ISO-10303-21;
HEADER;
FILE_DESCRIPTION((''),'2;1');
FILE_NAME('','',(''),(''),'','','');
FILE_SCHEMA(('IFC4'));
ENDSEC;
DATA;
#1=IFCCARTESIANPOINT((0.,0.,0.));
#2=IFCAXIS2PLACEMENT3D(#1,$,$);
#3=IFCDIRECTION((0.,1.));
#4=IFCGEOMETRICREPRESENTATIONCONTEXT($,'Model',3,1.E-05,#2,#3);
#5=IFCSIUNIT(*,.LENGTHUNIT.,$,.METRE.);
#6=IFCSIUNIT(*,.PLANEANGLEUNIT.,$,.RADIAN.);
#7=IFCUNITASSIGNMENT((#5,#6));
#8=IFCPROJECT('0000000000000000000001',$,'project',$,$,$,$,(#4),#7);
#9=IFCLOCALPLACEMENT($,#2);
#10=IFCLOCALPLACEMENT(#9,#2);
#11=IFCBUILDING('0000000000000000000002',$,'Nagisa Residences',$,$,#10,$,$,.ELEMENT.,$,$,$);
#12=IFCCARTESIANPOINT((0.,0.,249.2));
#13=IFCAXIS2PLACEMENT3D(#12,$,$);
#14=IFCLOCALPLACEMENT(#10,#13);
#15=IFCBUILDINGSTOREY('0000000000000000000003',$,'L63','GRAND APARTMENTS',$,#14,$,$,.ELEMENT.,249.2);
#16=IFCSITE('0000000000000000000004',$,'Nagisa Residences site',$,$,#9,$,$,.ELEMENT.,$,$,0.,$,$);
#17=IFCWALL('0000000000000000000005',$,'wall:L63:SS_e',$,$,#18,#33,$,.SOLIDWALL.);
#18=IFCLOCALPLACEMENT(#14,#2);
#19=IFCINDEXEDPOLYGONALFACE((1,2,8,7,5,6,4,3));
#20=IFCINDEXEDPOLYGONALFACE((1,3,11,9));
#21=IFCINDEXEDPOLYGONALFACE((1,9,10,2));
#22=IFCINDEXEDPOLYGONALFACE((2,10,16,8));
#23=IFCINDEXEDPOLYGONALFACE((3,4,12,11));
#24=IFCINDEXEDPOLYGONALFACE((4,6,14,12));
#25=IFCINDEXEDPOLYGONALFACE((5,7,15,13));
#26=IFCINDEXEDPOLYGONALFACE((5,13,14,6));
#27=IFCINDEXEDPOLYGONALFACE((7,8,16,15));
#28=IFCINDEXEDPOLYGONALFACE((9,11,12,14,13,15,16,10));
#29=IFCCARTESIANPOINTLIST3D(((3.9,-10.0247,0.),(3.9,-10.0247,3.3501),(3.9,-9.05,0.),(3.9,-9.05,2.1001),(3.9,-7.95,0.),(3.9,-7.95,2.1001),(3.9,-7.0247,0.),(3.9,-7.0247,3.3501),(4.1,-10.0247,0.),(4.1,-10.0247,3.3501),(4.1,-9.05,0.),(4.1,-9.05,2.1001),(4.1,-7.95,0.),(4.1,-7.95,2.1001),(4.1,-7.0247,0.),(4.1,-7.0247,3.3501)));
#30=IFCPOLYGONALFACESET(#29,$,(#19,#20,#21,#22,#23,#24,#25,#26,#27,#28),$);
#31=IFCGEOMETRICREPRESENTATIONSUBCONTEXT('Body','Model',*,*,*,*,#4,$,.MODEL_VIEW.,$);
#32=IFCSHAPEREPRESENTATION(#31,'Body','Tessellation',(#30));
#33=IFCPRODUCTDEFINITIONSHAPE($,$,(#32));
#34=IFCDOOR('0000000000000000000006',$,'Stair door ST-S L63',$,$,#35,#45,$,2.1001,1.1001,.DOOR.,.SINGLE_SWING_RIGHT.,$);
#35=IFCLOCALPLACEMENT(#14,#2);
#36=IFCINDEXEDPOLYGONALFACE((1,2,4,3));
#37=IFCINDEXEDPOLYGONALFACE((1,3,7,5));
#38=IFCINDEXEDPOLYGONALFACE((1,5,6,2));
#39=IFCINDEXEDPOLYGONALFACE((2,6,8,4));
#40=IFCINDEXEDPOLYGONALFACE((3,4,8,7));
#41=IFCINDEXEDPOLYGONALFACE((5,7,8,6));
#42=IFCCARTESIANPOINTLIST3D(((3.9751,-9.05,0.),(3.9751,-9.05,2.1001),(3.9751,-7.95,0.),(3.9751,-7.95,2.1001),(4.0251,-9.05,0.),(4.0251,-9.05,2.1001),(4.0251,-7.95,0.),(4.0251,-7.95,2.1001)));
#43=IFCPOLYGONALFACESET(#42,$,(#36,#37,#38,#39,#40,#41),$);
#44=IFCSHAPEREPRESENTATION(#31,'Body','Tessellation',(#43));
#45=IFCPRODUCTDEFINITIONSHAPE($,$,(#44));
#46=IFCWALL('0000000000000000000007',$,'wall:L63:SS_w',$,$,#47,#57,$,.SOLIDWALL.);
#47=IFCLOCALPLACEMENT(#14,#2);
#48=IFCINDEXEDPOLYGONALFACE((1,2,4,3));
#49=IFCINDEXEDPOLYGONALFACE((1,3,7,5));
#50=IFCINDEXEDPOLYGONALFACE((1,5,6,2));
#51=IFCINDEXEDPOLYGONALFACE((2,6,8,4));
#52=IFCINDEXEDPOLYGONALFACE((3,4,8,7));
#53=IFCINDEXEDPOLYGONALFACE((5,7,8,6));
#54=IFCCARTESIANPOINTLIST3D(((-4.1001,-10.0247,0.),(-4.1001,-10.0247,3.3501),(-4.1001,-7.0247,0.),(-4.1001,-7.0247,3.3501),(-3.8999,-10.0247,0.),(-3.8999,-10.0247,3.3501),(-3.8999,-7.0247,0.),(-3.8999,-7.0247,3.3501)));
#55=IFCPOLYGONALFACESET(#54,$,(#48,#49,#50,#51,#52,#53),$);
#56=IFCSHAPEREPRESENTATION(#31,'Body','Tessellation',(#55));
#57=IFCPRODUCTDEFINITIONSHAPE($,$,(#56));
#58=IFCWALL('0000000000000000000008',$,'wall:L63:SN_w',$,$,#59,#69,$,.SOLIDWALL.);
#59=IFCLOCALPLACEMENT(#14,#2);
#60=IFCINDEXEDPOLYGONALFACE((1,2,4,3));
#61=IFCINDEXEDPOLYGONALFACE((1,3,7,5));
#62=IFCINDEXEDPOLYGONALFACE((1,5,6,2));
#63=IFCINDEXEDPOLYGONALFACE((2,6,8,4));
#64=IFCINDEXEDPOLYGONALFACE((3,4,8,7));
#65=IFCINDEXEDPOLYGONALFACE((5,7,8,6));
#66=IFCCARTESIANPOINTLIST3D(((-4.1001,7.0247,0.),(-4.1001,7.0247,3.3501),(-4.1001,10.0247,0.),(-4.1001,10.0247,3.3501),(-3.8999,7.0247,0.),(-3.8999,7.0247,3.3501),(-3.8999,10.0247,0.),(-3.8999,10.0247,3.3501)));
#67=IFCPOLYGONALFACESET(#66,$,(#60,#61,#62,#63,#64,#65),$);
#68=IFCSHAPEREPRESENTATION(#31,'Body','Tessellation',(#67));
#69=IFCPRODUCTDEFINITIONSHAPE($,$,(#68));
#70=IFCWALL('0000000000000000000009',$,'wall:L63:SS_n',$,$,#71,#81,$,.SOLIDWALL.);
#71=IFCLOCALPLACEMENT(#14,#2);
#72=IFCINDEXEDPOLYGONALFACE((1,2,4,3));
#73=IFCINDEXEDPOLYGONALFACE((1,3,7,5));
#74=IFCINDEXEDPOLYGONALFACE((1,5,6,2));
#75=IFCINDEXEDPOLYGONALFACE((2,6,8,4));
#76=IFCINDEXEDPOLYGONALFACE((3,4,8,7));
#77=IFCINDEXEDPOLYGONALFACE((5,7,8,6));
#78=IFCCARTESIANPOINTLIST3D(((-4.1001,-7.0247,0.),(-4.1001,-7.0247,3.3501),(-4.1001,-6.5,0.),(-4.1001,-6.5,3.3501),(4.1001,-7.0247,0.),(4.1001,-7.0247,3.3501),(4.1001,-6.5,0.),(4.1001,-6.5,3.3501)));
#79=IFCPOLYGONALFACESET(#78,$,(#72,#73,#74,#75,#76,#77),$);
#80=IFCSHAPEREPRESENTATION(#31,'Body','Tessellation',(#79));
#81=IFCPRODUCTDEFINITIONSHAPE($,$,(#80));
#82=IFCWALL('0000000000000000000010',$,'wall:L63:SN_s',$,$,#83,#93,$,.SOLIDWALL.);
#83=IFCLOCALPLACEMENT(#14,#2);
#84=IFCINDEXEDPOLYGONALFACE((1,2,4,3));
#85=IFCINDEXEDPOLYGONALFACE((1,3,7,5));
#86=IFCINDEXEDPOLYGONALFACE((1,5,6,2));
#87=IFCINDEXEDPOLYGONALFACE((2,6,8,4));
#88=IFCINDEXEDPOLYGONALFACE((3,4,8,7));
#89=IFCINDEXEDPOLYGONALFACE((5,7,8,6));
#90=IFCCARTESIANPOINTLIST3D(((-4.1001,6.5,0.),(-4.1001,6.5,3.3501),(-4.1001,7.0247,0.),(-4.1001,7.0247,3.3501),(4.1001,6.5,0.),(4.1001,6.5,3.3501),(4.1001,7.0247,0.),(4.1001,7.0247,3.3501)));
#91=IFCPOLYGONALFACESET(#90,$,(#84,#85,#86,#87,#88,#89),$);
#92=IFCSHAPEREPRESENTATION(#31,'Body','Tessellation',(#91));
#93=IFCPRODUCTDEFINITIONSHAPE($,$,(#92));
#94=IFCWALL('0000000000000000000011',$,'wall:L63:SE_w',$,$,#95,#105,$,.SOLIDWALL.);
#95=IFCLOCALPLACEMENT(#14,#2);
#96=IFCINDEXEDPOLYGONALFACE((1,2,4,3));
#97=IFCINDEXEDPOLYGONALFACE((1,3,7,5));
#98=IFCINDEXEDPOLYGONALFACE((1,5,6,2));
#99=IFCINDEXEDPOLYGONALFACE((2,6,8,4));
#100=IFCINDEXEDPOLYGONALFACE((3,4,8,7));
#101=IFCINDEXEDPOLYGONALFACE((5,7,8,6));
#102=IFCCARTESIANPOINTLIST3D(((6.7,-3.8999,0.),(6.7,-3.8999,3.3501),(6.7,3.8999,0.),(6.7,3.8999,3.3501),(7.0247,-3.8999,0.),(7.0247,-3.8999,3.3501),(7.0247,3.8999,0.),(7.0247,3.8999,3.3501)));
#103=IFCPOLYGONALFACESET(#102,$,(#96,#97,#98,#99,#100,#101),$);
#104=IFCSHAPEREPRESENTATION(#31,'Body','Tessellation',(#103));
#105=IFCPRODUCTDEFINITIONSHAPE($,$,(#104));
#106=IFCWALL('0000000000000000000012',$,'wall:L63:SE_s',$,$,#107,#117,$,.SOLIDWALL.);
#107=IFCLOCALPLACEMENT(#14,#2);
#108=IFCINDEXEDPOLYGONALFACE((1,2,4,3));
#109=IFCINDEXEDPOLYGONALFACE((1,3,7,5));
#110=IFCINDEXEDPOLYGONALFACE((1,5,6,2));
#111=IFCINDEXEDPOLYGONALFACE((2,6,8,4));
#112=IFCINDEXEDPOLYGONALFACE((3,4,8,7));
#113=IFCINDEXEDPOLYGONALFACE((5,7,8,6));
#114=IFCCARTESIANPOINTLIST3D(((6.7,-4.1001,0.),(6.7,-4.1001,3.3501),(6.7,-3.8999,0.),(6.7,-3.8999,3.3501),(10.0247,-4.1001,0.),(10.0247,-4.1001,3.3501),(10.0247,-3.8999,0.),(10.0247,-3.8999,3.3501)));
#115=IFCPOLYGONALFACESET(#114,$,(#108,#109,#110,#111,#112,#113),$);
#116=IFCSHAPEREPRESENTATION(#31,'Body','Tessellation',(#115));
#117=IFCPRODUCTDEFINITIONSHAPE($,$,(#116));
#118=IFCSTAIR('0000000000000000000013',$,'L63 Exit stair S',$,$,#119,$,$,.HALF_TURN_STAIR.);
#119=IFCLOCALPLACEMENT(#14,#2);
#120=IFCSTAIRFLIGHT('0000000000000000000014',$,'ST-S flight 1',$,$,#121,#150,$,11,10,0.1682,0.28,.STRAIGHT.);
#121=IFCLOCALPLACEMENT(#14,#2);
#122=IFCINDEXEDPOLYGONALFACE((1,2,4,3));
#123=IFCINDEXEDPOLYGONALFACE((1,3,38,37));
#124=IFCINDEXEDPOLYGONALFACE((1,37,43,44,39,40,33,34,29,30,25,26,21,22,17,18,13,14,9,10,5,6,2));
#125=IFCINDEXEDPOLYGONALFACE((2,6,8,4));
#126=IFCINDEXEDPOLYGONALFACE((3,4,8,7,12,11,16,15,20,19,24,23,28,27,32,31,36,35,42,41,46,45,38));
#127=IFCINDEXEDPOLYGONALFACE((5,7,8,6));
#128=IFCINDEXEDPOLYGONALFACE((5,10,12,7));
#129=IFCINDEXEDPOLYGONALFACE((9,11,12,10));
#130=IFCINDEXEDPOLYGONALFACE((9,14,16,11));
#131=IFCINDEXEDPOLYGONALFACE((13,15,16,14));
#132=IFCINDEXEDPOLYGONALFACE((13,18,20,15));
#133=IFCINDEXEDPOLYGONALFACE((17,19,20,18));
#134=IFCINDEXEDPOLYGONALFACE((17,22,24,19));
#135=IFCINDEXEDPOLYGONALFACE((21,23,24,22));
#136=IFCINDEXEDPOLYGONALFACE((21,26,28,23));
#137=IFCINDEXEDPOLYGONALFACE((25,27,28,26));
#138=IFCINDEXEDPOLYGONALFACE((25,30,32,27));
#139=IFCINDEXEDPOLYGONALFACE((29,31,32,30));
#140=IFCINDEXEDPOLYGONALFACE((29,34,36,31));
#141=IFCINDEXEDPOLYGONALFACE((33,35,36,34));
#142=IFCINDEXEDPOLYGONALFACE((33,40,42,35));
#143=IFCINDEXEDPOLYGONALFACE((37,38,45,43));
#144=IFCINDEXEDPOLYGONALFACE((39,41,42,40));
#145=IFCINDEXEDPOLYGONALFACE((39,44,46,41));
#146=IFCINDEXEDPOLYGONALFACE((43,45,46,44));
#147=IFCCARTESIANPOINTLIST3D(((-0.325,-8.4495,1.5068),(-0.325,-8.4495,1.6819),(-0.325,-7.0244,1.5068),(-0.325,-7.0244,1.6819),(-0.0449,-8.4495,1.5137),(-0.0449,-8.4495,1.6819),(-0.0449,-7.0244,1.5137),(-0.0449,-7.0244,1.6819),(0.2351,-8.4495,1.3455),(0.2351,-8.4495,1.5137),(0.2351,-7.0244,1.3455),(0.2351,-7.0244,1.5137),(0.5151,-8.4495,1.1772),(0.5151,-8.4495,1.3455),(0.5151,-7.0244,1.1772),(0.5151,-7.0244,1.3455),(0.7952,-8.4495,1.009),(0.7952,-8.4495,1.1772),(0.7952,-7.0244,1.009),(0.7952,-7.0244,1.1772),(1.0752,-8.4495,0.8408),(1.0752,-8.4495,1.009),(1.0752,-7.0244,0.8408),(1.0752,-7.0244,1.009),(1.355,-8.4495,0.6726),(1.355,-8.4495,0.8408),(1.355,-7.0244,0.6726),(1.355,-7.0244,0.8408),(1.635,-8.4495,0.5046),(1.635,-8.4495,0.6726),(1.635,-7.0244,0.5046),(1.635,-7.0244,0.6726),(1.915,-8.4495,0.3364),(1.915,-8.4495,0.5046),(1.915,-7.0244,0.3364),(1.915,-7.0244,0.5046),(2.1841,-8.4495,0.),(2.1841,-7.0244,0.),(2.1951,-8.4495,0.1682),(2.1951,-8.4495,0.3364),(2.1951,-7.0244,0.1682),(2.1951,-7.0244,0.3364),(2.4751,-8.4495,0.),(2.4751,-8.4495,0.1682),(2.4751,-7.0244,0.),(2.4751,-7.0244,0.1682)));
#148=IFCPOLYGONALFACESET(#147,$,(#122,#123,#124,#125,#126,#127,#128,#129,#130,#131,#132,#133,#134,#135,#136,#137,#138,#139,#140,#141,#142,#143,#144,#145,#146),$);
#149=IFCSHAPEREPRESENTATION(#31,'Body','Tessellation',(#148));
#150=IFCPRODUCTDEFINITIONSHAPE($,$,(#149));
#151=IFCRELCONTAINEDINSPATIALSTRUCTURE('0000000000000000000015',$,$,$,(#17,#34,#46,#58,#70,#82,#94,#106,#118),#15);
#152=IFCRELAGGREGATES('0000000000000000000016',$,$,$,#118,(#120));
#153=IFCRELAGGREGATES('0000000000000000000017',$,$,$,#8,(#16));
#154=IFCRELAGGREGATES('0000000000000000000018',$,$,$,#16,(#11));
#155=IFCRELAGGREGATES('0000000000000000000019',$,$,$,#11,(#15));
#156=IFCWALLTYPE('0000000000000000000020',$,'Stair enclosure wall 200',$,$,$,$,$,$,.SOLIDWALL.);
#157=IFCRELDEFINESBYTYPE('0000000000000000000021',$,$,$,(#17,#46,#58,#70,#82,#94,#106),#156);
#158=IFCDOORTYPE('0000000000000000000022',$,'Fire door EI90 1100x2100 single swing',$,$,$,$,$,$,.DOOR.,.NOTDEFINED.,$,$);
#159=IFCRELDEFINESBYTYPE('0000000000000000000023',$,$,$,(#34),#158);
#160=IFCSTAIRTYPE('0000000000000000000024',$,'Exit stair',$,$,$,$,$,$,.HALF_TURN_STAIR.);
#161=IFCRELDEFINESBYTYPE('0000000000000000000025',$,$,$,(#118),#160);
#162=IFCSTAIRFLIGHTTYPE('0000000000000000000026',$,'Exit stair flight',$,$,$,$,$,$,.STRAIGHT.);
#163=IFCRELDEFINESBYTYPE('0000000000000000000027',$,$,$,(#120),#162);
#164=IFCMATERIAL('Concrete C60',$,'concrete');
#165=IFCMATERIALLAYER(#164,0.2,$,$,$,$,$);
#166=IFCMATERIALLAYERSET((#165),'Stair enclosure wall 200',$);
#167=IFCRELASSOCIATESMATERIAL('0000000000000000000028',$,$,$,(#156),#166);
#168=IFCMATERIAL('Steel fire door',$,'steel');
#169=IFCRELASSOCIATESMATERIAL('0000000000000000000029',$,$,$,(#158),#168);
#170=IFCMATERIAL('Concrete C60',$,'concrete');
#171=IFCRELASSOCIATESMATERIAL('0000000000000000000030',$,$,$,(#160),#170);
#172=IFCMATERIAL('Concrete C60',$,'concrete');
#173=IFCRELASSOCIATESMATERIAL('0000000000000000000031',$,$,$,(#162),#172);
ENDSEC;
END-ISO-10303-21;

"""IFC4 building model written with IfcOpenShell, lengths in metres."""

from ifc_helpers import new_model, si_unit, direction, frame, frame_2d, origin, place, context, subcontext, project, spatial, polyline, rectangle, outline, extrude, material, layer, layer_set, type_object, element, fill, aggregate, save


model = new_model("IFC4")

# Units and contexts
model_context = context("Model", 3, precision=1e-05, world=origin(), true_north=direction((0.0, 1.0)))
body_context = subcontext(model_context, "Body", "Model", "MODEL_VIEW")
ifc_project = project(units=[si_unit("LENGTHUNIT", "METRE"), si_unit("PLANEANGLEUNIT", "RADIAN")], contexts=[model_context])

# Site, building, storey
site_placement = place(None, origin())
site = spatial("IfcSite", under=ifc_project, at=site_placement, Name="Nagisa Residences site", CompositionType="ELEMENT", RefElevation=0.0)
building_placement = place(site_placement, origin())
building = spatial("IfcBuilding", under=site, at=building_placement, Name="Nagisa Residences", CompositionType="ELEMENT")
storey_placement = place(building_placement, frame((0.0, 0.0, 249.2)))
storey = spatial("IfcBuildingStorey", under=building, at=storey_placement, Name="L63", Description="GRAND APARTMENTS", CompositionType="ELEMENT", Elevation=249.2)

# Wall, opening, door
ifc_material_1 = material(Name="Concrete C60", Category="concrete")
ifc_layer_1 = layer(ifc_material_1, 0.2)
ifc_layer_set_1 = layer_set([ifc_layer_1], Name="Stair enclosure wall 200")
wall_type_1 = type_object("IfcWallType", Name="Stair enclosure wall 200", PredefinedType="SOLIDWALL", material=ifc_layer_set_1)
wall_1_placement = place(storey_placement, frame((4.0, -10.0247, 0.0), z_axis=(0.0, 0.0, 1.0), x_axis=(0.0, 1.0, 0.0)))
wall_1 = element("IfcWall", 1, at=wall_1_placement, inside=storey, type_object=wall_type_1, Name="wall:L63:SS_e", PredefinedType="SOLIDWALL", context=body_context, shape_type="SweptSolid", body=[
    extrude(rectangle(XDim=3.0, YDim=0.2, at=frame_2d((1.5, 0.0))), origin(), (0.0, 0.0, 1.0), 3.3501),
])
opening_1_placement = place(wall_1_placement, frame((0.9746, 0.0, 0.0)))
opening_1 = element("IfcOpeningElement", 2, at=opening_1_placement, cuts=wall_1, PredefinedType="OPENING", context=body_context, shape_type="SweptSolid", body=[
    extrude(rectangle(XDim=1.1001, YDim=2.1001, at=frame_2d((0.55, 1.05))), frame((0.0, 0.1099, 0.0), z_axis=(0.0, -1.0, 0.0), x_axis=(1.0, 0.0, 0.0)), (0.0, 0.0, 1.0), 0.22),
])
ifc_material_2 = material(Name="Steel fire door", Category="steel")
door_type_1 = type_object("IfcDoorType", Name="Fire door EI90 1100x2100 single swing", OperationType="NOTDEFINED", PredefinedType="DOOR", material=ifc_material_2)
door_1_placement = place(opening_1_placement, origin())
door_1 = element("IfcDoor", 3, at=door_1_placement, inside=storey, type_object=door_type_1, Name="Stair door ST-S L63", OperationType="SINGLE_SWING_RIGHT", OverallHeight=2.1001, OverallWidth=1.1001, PredefinedType="DOOR", context=body_context, shape_type="SweptSolid", body=[
    extrude(rectangle(XDim=1.1001, YDim=2.1001, at=frame_2d((0.55, 1.05))), frame((0.0, 0.0249, 0.0), z_axis=(0.0, -1.0, 0.0), x_axis=(1.0, 0.0, 0.0)), (0.0, 0.0, 1.0), 0.05),
])
fill(opening_1, door_1)

# Walls
wall_2_placement = place(storey_placement, origin())
element("IfcWall", 4, at=wall_2_placement, inside=storey, type_object=wall_type_1, Name="wall:L63:SS_w", PredefinedType="SOLIDWALL", context=body_context, shape_type="SweptSolid", body=[
    extrude(outline(polyline([(-3.8999, -10.0247), (-4.1001, -10.0247), (-4.1001, -7.0247), (-3.8999, -7.0247), (-3.8999, -10.0247)])), origin(), (0.0, 0.0, 1.0), 3.3501),
])
wall_3_placement = place(storey_placement, origin())
element("IfcWall", 5, at=wall_3_placement, inside=storey, type_object=wall_type_1, Name="wall:L63:SN_w", PredefinedType="SOLIDWALL", context=body_context, shape_type="SweptSolid", body=[
    extrude(outline(polyline([(-3.8999, 7.0247), (-4.1001, 7.0247), (-4.1001, 10.0247), (-3.8999, 10.0247), (-3.8999, 7.0247)])), origin(), (0.0, 0.0, 1.0), 3.3501),
])
wall_4_placement = place(storey_placement, origin())
element("IfcWall", 6, at=wall_4_placement, inside=storey, type_object=wall_type_1, Name="wall:L63:SS_n", PredefinedType="SOLIDWALL", context=body_context, shape_type="SweptSolid", body=[
    extrude(outline(polyline([(4.1001, -7.0247), (-4.1001, -7.0247), (-4.1001, -6.5), (4.1001, -6.5), (4.1001, -7.0247)])), origin(), (0.0, 0.0, 1.0), 3.3501),
])
wall_5_placement = place(storey_placement, origin())
element("IfcWall", 7, at=wall_5_placement, inside=storey, type_object=wall_type_1, Name="wall:L63:SN_s", PredefinedType="SOLIDWALL", context=body_context, shape_type="SweptSolid", body=[
    extrude(outline(polyline([(4.1001, 6.5), (-4.1001, 6.5), (-4.1001, 7.0247), (4.1001, 7.0247), (4.1001, 6.5)])), origin(), (0.0, 0.0, 1.0), 3.3501),
])
wall_6_placement = place(storey_placement, origin())
element("IfcWall", 8, at=wall_6_placement, inside=storey, type_object=wall_type_1, Name="wall:L63:SE_w", PredefinedType="SOLIDWALL", context=body_context, shape_type="SweptSolid", body=[
    extrude(outline(polyline([(7.0247, -3.8999), (6.7, -3.8999), (6.7, 3.8999), (7.0247, 3.8999), (7.0247, -3.8999)])), origin(), (0.0, 0.0, 1.0), 3.3501),
])
wall_7_placement = place(storey_placement, origin())
element("IfcWall", 9, at=wall_7_placement, inside=storey, type_object=wall_type_1, Name="wall:L63:SE_s", PredefinedType="SOLIDWALL", context=body_context, shape_type="SweptSolid", body=[
    extrude(outline(polyline([(10.0247, -4.1001), (6.7, -4.1001), (6.7, -3.8999), (10.0247, -3.8999), (10.0247, -4.1001)])), origin(), (0.0, 0.0, 1.0), 3.3501),
])

# Stair, stair flight
ifc_material_3 = material(Name="Concrete C60", Category="concrete")
stair_type = type_object("IfcStairType", Name="Exit stair", PredefinedType="HALF_TURN_STAIR", material=ifc_material_3)
stair_placement = place(storey_placement, origin())
stair = element("IfcStair", 10, at=stair_placement, inside=storey, type_object=stair_type, Name="L63 Exit stair S", PredefinedType="HALF_TURN_STAIR")
ifc_material_4 = material(Name="Concrete C60", Category="concrete")
stair_flight_type = type_object("IfcStairFlightType", Name="Exit stair flight", PredefinedType="STRAIGHT", material=ifc_material_4)
stair_flight_placement = place(storey_placement, frame((2.4751, -7.7371, 0.0), z_axis=(0.0, 0.0, 1.0), x_axis=(-1.0, 0.0, 0.0)))
stair_flight = element("IfcStairFlight", 11, at=stair_flight_placement, type_object=stair_flight_type, Name="ST-S flight 1", NumberOfRisers=11, NumberOfTreads=10, PredefinedType="STRAIGHT", RiserHeight=0.1682, TreadLength=0.28, context=body_context, shape_type="SweptSolid", body=[
    extrude(outline(polyline([(0.0, 0.0), (0.0, 0.1682), (0.28, 0.1682), (0.28, 0.3364), (0.5601, 0.3364), (0.5601, 0.5046), (0.8401, 0.5046), (0.8401, 0.6726), (1.1201, 0.6726), (1.1201, 0.8408), (1.3999, 0.8408), (1.3999, 1.009), (1.6799, 1.009), (1.6799, 1.1772), (1.96, 1.1772), (1.96, 1.3455), (2.24, 1.3455), (2.24, 1.5137), (2.52, 1.5137), (2.52, 1.6819), (2.8, 1.6819), (2.8, 1.8501), (2.8, 1.5068), (0.291, 0.0), (0.0, 0.0)])), frame((0.0, 0.7124, 0.0), z_axis=(0.0, -1.0, 0.0), x_axis=(1.0, 0.0, 0.0)), (0.0, 0.0, 1.0), 1.425),
])
aggregate(stair, [stair_flight])

save(model, "model.ifc")
